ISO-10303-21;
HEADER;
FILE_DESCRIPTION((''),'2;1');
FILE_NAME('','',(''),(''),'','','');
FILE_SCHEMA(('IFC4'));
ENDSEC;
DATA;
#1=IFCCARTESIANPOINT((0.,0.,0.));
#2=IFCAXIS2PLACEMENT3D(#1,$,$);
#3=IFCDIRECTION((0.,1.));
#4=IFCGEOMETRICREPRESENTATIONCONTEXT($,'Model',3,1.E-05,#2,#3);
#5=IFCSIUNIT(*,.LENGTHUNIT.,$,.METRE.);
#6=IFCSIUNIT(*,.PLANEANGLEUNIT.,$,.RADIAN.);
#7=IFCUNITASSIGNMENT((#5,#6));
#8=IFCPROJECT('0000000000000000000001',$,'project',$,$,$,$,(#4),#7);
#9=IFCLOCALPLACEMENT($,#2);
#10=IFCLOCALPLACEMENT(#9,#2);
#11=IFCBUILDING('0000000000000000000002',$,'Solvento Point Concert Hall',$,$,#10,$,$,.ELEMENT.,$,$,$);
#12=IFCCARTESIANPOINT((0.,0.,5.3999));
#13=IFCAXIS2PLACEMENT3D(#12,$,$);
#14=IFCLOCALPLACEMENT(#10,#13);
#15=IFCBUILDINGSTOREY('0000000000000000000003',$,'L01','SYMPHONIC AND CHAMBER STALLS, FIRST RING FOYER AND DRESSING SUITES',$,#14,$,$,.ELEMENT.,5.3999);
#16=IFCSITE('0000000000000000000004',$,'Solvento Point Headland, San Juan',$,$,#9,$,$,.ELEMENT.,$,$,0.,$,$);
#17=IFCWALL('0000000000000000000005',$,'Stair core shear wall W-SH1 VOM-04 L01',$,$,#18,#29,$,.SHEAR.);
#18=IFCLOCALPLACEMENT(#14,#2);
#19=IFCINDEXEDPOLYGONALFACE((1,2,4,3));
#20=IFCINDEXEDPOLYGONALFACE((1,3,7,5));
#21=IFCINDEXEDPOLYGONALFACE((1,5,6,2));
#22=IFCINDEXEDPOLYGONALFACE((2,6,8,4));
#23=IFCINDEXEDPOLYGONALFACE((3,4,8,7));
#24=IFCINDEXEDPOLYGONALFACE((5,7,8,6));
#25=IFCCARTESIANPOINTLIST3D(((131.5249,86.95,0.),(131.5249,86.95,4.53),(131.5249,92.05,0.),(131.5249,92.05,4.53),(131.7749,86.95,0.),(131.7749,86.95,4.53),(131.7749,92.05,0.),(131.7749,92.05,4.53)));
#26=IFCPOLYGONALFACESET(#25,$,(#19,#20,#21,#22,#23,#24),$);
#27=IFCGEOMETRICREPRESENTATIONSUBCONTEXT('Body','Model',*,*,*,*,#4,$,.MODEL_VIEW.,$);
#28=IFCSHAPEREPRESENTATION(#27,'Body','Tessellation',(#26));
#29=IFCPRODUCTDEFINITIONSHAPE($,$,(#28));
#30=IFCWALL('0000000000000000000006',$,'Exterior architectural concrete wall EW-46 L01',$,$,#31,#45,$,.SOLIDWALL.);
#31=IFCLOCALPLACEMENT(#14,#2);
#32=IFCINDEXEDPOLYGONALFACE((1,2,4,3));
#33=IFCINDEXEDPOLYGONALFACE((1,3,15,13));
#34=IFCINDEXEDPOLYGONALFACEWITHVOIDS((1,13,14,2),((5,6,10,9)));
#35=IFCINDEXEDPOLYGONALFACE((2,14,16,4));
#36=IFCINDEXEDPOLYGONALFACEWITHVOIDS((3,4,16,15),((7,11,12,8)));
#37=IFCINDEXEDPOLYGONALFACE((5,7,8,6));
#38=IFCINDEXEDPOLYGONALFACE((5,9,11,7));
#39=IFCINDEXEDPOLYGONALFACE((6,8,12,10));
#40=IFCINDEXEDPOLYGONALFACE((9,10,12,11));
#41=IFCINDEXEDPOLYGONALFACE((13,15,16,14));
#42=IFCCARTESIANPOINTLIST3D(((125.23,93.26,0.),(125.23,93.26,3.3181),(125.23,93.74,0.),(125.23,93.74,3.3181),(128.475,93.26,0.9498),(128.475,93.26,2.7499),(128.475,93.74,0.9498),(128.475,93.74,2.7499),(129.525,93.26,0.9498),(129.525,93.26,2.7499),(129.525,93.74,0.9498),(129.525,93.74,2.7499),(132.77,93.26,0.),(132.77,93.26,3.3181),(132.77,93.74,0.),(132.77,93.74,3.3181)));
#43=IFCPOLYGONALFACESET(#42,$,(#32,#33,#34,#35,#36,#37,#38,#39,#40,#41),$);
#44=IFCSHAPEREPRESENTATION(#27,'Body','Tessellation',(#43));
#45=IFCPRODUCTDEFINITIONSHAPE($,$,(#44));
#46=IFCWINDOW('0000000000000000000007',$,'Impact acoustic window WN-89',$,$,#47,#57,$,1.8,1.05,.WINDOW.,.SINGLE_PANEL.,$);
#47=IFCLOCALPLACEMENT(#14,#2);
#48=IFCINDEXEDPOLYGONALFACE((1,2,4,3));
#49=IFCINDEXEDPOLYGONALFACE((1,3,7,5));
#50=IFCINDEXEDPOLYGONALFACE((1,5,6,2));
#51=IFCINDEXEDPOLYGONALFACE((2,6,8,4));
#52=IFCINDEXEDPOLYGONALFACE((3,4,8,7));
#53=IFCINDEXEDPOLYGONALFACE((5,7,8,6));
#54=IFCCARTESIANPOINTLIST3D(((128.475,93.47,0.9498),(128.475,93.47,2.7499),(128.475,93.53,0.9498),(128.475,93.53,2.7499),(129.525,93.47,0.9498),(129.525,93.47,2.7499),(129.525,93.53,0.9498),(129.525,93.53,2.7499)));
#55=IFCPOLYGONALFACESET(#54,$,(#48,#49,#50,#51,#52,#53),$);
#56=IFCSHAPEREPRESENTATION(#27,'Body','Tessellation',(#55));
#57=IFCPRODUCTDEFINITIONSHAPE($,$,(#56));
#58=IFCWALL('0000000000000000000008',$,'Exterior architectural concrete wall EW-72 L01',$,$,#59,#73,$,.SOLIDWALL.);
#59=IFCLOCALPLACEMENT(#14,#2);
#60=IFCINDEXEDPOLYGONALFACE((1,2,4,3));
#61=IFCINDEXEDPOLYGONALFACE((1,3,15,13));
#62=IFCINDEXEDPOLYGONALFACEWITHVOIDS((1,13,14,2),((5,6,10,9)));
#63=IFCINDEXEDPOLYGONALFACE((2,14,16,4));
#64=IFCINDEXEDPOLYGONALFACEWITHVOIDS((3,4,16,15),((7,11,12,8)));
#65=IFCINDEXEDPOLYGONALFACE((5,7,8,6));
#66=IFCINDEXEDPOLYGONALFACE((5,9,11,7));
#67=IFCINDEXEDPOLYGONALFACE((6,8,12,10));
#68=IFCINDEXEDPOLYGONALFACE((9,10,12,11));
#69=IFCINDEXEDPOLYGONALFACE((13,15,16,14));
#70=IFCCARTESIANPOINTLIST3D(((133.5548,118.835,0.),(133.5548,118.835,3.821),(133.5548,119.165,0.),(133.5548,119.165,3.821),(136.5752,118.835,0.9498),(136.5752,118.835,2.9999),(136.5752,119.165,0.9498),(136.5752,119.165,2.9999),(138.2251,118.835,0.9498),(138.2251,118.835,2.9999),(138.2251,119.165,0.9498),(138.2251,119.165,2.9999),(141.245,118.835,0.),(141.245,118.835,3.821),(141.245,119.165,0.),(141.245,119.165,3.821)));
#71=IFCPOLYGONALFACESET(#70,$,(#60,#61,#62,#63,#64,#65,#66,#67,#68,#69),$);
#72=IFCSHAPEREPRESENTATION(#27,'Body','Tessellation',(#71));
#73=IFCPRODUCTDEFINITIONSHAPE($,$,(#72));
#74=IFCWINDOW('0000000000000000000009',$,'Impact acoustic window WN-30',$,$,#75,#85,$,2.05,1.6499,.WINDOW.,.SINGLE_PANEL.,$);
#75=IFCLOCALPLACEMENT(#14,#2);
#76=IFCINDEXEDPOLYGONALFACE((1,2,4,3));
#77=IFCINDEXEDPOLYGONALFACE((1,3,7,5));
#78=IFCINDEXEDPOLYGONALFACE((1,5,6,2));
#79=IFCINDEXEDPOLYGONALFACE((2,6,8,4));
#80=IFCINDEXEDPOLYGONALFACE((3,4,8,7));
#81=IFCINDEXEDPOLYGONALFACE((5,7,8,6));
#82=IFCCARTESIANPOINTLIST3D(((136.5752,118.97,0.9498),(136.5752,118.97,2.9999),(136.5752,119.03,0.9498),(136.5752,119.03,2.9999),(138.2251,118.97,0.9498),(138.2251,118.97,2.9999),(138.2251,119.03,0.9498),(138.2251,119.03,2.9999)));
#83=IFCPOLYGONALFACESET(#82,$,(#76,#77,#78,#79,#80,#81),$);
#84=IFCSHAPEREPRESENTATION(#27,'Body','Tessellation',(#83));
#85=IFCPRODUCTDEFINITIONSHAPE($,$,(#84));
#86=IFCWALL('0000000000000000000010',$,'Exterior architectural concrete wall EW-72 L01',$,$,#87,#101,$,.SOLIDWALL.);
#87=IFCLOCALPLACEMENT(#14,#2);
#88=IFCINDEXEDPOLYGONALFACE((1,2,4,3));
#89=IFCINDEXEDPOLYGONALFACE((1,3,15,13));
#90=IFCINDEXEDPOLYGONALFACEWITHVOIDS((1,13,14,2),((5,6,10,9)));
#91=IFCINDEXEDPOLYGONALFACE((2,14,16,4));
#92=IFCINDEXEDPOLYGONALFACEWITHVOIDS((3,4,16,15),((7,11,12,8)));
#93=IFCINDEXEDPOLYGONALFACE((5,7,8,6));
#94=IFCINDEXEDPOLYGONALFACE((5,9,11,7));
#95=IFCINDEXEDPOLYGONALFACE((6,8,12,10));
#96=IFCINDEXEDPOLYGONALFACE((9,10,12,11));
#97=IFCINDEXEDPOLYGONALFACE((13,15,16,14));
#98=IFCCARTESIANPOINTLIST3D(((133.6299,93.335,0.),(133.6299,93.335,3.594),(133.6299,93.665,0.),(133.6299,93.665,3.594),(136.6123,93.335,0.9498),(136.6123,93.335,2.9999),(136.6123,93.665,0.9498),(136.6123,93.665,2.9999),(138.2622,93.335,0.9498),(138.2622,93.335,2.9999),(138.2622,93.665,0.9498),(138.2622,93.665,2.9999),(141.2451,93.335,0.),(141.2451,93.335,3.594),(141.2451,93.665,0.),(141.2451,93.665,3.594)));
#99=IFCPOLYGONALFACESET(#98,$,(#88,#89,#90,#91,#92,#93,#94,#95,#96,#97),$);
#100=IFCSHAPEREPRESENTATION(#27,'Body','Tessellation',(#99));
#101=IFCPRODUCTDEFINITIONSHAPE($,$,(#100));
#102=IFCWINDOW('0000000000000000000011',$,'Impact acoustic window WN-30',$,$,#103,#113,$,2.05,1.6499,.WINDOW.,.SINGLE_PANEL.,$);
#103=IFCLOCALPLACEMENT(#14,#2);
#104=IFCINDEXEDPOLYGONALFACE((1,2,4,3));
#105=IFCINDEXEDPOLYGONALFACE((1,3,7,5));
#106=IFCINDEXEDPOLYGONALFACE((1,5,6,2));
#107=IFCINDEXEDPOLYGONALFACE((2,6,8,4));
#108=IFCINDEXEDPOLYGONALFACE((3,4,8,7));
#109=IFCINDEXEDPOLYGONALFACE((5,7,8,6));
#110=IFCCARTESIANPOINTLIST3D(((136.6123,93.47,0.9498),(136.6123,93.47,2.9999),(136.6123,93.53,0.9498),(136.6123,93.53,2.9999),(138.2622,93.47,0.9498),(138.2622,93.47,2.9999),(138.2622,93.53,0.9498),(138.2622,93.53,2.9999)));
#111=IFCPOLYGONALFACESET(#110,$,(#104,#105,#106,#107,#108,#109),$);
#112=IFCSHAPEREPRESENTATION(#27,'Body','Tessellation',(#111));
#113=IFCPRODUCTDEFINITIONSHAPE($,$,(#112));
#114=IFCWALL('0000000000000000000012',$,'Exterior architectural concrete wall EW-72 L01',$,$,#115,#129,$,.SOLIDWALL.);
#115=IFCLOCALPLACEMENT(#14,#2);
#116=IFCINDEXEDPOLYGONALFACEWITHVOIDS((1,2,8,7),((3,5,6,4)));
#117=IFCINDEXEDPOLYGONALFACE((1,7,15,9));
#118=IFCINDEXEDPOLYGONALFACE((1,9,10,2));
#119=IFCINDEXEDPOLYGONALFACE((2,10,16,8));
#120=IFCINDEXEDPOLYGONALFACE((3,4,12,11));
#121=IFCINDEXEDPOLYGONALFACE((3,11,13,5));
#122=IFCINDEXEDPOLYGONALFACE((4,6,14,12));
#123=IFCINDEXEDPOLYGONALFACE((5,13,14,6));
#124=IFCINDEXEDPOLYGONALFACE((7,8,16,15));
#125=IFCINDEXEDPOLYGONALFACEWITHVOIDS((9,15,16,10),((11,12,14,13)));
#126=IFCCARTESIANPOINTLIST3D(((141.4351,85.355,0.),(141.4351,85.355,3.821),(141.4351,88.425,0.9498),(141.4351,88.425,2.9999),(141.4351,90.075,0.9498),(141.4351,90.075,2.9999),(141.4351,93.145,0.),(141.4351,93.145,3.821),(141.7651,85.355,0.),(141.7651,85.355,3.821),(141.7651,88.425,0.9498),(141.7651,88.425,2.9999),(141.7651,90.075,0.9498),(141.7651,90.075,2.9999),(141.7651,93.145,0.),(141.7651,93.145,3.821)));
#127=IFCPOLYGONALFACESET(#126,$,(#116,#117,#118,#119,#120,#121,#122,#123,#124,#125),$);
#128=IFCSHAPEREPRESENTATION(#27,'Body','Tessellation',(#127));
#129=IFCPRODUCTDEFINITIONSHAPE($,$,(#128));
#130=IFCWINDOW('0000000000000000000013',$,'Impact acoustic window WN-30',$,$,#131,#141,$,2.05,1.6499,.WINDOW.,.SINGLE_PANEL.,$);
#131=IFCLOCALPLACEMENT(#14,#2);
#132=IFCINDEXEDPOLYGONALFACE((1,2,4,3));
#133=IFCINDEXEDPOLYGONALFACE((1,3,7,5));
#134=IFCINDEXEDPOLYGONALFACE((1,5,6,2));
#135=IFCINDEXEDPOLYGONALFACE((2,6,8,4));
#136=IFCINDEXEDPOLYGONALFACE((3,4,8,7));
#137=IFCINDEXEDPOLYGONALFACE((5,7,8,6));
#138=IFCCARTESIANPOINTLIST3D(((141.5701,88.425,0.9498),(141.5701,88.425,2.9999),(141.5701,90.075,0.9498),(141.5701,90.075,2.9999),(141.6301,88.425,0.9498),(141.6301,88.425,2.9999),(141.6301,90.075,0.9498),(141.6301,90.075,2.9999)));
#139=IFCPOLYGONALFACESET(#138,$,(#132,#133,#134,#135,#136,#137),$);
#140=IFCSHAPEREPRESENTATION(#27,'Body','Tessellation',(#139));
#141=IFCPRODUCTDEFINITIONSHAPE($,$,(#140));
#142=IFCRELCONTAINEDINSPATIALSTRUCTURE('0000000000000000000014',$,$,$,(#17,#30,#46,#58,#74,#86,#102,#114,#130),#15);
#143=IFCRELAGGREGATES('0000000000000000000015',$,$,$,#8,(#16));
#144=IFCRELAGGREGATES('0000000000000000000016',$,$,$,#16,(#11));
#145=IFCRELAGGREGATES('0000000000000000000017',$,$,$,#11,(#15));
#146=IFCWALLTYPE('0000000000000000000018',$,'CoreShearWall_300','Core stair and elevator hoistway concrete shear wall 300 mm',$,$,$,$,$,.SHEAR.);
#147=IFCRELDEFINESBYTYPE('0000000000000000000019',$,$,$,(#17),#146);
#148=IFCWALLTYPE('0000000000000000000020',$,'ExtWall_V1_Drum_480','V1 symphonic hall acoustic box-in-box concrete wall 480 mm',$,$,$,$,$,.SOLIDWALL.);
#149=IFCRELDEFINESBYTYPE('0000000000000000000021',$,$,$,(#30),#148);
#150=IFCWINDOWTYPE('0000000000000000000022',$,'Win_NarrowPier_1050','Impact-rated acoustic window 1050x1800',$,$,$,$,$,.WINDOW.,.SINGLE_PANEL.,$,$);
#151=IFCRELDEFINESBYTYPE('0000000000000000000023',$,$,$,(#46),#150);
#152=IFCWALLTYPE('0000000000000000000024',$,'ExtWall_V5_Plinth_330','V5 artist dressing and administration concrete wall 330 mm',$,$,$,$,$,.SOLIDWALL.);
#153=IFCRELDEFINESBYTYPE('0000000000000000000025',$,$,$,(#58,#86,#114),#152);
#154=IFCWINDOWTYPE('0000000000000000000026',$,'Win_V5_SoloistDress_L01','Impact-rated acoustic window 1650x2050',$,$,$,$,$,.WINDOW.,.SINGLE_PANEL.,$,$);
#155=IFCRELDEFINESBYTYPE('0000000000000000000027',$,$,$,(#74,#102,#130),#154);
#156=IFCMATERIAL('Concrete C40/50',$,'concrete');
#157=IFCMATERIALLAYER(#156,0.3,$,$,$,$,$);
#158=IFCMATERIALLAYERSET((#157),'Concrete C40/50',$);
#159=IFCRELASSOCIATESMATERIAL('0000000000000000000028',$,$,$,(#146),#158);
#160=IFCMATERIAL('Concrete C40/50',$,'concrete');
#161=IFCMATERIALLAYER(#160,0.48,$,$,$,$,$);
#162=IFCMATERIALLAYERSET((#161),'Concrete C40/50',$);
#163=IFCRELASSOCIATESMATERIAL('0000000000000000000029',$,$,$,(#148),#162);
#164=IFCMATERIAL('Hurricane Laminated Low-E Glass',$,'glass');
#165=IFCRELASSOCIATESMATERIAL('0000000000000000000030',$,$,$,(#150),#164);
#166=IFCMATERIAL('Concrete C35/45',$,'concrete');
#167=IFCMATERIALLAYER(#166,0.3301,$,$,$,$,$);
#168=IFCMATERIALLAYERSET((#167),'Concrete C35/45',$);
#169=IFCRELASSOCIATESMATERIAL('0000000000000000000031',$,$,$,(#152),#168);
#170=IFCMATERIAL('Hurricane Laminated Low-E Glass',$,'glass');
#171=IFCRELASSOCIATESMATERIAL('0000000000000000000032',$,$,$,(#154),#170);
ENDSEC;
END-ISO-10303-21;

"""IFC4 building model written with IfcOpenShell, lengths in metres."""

from ifc_helpers import new_model, si_unit, direction, frame, frame_2d, origin, place, context, subcontext, project, spatial, rectangle, extrude, material, layer, layer_set, type_object, element, fill, save


model = new_model("IFC4")

# Units and contexts
model_context = context("Model", 3, precision=1e-05, world=origin(), true_north=direction((0.0, 1.0)))
body_context = subcontext(model_context, "Body", "Model", "MODEL_VIEW")
ifc_project = project(units=[si_unit("LENGTHUNIT", "METRE"), si_unit("PLANEANGLEUNIT", "RADIAN")], contexts=[model_context])

# Site, building, storey
site_placement = place(None, origin())
site = spatial("IfcSite", under=ifc_project, at=site_placement, Name="Solvento Point Headland, San Juan", CompositionType="ELEMENT", RefElevation=0.0)
building_placement = place(site_placement, origin())
building = spatial("IfcBuilding", under=site, at=building_placement, Name="Solvento Point Concert Hall", CompositionType="ELEMENT")
storey_placement = place(building_placement, frame((0.0, 0.0, 5.3999)))
storey = spatial("IfcBuildingStorey", under=building, at=storey_placement, Name="L01", Description="SYMPHONIC AND CHAMBER STALLS, FIRST RING FOYER AND DRESSING SUITES", CompositionType="ELEMENT", Elevation=5.3999)

# Wall
ifc_material_1 = material(Name="Concrete C40/50", Category="concrete")
ifc_layer_1 = layer(ifc_material_1, 0.3)
ifc_layer_set_1 = layer_set([ifc_layer_1], Name="Concrete C40/50")
wall_type_1 = type_object("IfcWallType", Name="CoreShearWall_300", Description="Core stair and elevator hoistway concrete shear wall 300 mm", PredefinedType="SHEAR", material=ifc_layer_set_1)
wall_1_placement = place(storey_placement, frame((131.6499, 92.05, 0.0), z_axis=(0.0, 0.0, 1.0), x_axis=(0.0, -1.0, 0.0)))
element("IfcWall", 1, at=wall_1_placement, inside=storey, type_object=wall_type_1, Name="Stair core shear wall W-SH1 VOM-04 L01", PredefinedType="SHEAR", context=body_context, shape_type="SweptSolid", body=[
    extrude(rectangle(XDim=5.1001, YDim=0.25, at=frame_2d((2.55, 0.0))), origin(), (0.0, 0.0, 1.0), 4.53),
])

# Walls, openings, windows
ifc_material_2 = material(Name="Concrete C40/50", Category="concrete")
ifc_layer_2 = layer(ifc_material_2, 0.48)
ifc_layer_set_2 = layer_set([ifc_layer_2], Name="Concrete C40/50")
wall_type_2 = type_object("IfcWallType", Name="ExtWall_V1_Drum_480", Description="V1 symphonic hall acoustic box-in-box concrete wall 480 mm", PredefinedType="SOLIDWALL", material=ifc_layer_set_2)
wall_2_placement = place(storey_placement, frame((125.23, 93.5, 0.0), z_axis=(0.0, 0.0, 1.0), x_axis=(1.0, 0.0, 0.0)))
wall_2 = element("IfcWall", 2, at=wall_2_placement, inside=storey, type_object=wall_type_2, Name="Exterior architectural concrete wall EW-46 L01", PredefinedType="SOLIDWALL", context=body_context, shape_type="SweptSolid", body=[
    extrude(rectangle(XDim=7.54, YDim=0.48, at=frame_2d((3.77, 0.0))), origin(), (0.0, 0.0, 1.0), 3.3181),
])
opening_1_placement = place(wall_2_placement, frame((3.2451, 0.0, 0.95)))
opening_1 = element("IfcOpeningElement", 3, at=opening_1_placement, cuts=wall_2, PredefinedType="OPENING", context=body_context, shape_type="SweptSolid", body=[
    extrude(rectangle(XDim=1.05, YDim=1.8, at=frame_2d((0.5249, 0.8999))), frame((0.0, 0.25, 0.0), z_axis=(0.0, -1.0, 0.0), x_axis=(1.0, 0.0, 0.0)), (0.0, 0.0, 1.0), 0.5),
])
ifc_material_3 = material(Name="Hurricane Laminated Low-E Glass", Category="glass")
window_type_1 = type_object("IfcWindowType", Name="Win_NarrowPier_1050", Description="Impact-rated acoustic window 1050x1800", PartitioningType="SINGLE_PANEL", PredefinedType="WINDOW", material=ifc_material_3)
window_1_placement = place(opening_1_placement, origin())
window_1 = element("IfcWindow", 4, at=window_1_placement, inside=storey, type_object=window_type_1, Name="Impact acoustic window WN-89", OverallHeight=1.8, OverallWidth=1.05, PartitioningType="SINGLE_PANEL", PredefinedType="WINDOW", context=body_context, shape_type="SweptSolid", body=[
    extrude(rectangle(XDim=1.05, YDim=1.8, at=frame_2d((0.5249, 0.8999))), frame((0.0, 0.03, 0.0), z_axis=(0.0, -1.0, 0.0), x_axis=(1.0, 0.0, 0.0)), (0.0, 0.0, 1.0), 0.0601),
])
fill(opening_1, window_1)
ifc_material_4 = material(Name="Concrete C35/45", Category="concrete")
ifc_layer_3 = layer(ifc_material_4, 0.3301)
ifc_layer_set_3 = layer_set([ifc_layer_3], Name="Concrete C35/45")
wall_type_3 = type_object("IfcWallType", Name="ExtWall_V5_Plinth_330", Description="V5 artist dressing and administration concrete wall 330 mm", PredefinedType="SOLIDWALL", material=ifc_layer_set_3)
wall_3_placement = place(storey_placement, frame((141.2451, 119.0, 0.0), z_axis=(0.0, 0.0, 1.0), x_axis=(-1.0, 0.0, 0.0)))
wall_3 = element("IfcWall", 5, at=wall_3_placement, inside=storey, type_object=wall_type_3, Name="Exterior architectural concrete wall EW-72 L01", PredefinedType="SOLIDWALL", context=body_context, shape_type="SweptSolid", body=[
    extrude(rectangle(XDim=7.6902, YDim=0.3301, at=frame_2d((3.8452, 0.0))), origin(), (0.0, 0.0, 1.0), 3.821),
])
opening_2_placement = place(wall_3_placement, frame((3.02, 0.0, 0.95)))
opening_2 = element("IfcOpeningElement", 6, at=opening_2_placement, cuts=wall_3, PredefinedType="OPENING", context=body_context, shape_type="SweptSolid", body=[
    extrude(rectangle(XDim=1.6499, YDim=2.05, at=frame_2d((0.825, 1.0249))), frame((0.0, 0.175, 0.0), z_axis=(0.0, -1.0, 0.0), x_axis=(1.0, 0.0, 0.0)), (0.0, 0.0, 1.0), 0.3501),
])
ifc_material_5 = material(Name="Hurricane Laminated Low-E Glass", Category="glass")
window_type_2 = type_object("IfcWindowType", Name="Win_V5_SoloistDress_L01", Description="Impact-rated acoustic window 1650x2050", PartitioningType="SINGLE_PANEL", PredefinedType="WINDOW", material=ifc_material_5)
window_2_placement = place(opening_2_placement, origin())
window_2 = element("IfcWindow", 7, at=window_2_placement, inside=storey, type_object=window_type_2, Name="Impact acoustic window WN-30", OverallHeight=2.05, OverallWidth=1.6499, PartitioningType="SINGLE_PANEL", PredefinedType="WINDOW", context=body_context, shape_type="SweptSolid", body=[
    extrude(rectangle(XDim=1.6499, YDim=2.05, at=frame_2d((0.825, 1.0249))), frame((0.0, 0.03, 0.0), z_axis=(0.0, -1.0, 0.0), x_axis=(1.0, 0.0, 0.0)), (0.0, 0.0, 1.0), 0.0601),
])
fill(opening_2, window_2)
wall_4_placement = place(storey_placement, frame((133.6299, 93.5, 0.0), z_axis=(0.0, 0.0, 1.0), x_axis=(1.0, 0.0, 0.0)))
wall_4 = element("IfcWall", 8, at=wall_4_placement, inside=storey, type_object=wall_type_3, Name="Exterior architectural concrete wall EW-72 L01", PredefinedType="SOLIDWALL", context=body_context, shape_type="SweptSolid", body=[
    extrude(rectangle(XDim=7.6152, YDim=0.3301, at=frame_2d((3.8076, 0.0))), origin(), (0.0, 0.0, 1.0), 3.594),
])
opening_3_placement = place(wall_4_placement, frame((2.9824, 0.0, 0.95)))
opening_3 = element("IfcOpeningElement", 9, at=opening_3_placement, cuts=wall_4, PredefinedType="OPENING", context=body_context, shape_type="SweptSolid", body=[
    extrude(rectangle(XDim=1.6499, YDim=2.05, at=frame_2d((0.825, 1.0249))), frame((0.0, 0.175, 0.0), z_axis=(0.0, -1.0, 0.0), x_axis=(1.0, 0.0, 0.0)), (0.0, 0.0, 1.0), 0.3501),
])
window_3_placement = place(opening_3_placement, origin())
window_3 = element("IfcWindow", 10, at=window_3_placement, inside=storey, type_object=window_type_2, Name="Impact acoustic window WN-30", OverallHeight=2.05, OverallWidth=1.6499, PartitioningType="SINGLE_PANEL", PredefinedType="WINDOW", context=body_context, shape_type="SweptSolid", body=[
    extrude(rectangle(XDim=1.6499, YDim=2.05, at=frame_2d((0.825, 1.0249))), frame((0.0, 0.03, 0.0), z_axis=(0.0, -1.0, 0.0), x_axis=(1.0, 0.0, 0.0)), (0.0, 0.0, 1.0), 0.0601),
])
fill(opening_3, window_3)
wall_5_placement = place(storey_placement, frame((141.6001, 93.145, 0.0), z_axis=(0.0, 0.0, 1.0), x_axis=(0.0, -1.0, 0.0)))
wall_5 = element("IfcWall", 11, at=wall_5_placement, inside=storey, type_object=wall_type_3, Name="Exterior architectural concrete wall EW-72 L01", PredefinedType="SOLIDWALL", context=body_context, shape_type="SweptSolid", body=[
    extrude(rectangle(XDim=7.79, YDim=0.3301, at=frame_2d((3.895, 0.0))), origin(), (0.0, 0.0, 1.0), 3.821),
])
opening_4_placement = place(wall_5_placement, frame((3.0701, 0.0, 0.95)))
opening_4 = element("IfcOpeningElement", 12, at=opening_4_placement, cuts=wall_5, PredefinedType="OPENING", context=body_context, shape_type="SweptSolid", body=[
    extrude(rectangle(XDim=1.6499, YDim=2.05, at=frame_2d((0.825, 1.0249))), frame((0.0, 0.175, 0.0), z_axis=(0.0, -1.0, 0.0), x_axis=(1.0, 0.0, 0.0)), (0.0, 0.0, 1.0), 0.3501),
])
window_4_placement = place(opening_4_placement, origin())
window_4 = element("IfcWindow", 13, at=window_4_placement, inside=storey, type_object=window_type_2, Name="Impact acoustic window WN-30", OverallHeight=2.05, OverallWidth=1.6499, PartitioningType="SINGLE_PANEL", PredefinedType="WINDOW", context=body_context, shape_type="SweptSolid", body=[
    extrude(rectangle(XDim=1.6499, YDim=2.05, at=frame_2d((0.825, 1.0249))), frame((0.0, 0.03, 0.0), z_axis=(0.0, -1.0, 0.0), x_axis=(1.0, 0.0, 0.0)), (0.0, 0.0, 1.0), 0.0601),
])
fill(opening_4, window_4)

save(model, "model.ifc")
